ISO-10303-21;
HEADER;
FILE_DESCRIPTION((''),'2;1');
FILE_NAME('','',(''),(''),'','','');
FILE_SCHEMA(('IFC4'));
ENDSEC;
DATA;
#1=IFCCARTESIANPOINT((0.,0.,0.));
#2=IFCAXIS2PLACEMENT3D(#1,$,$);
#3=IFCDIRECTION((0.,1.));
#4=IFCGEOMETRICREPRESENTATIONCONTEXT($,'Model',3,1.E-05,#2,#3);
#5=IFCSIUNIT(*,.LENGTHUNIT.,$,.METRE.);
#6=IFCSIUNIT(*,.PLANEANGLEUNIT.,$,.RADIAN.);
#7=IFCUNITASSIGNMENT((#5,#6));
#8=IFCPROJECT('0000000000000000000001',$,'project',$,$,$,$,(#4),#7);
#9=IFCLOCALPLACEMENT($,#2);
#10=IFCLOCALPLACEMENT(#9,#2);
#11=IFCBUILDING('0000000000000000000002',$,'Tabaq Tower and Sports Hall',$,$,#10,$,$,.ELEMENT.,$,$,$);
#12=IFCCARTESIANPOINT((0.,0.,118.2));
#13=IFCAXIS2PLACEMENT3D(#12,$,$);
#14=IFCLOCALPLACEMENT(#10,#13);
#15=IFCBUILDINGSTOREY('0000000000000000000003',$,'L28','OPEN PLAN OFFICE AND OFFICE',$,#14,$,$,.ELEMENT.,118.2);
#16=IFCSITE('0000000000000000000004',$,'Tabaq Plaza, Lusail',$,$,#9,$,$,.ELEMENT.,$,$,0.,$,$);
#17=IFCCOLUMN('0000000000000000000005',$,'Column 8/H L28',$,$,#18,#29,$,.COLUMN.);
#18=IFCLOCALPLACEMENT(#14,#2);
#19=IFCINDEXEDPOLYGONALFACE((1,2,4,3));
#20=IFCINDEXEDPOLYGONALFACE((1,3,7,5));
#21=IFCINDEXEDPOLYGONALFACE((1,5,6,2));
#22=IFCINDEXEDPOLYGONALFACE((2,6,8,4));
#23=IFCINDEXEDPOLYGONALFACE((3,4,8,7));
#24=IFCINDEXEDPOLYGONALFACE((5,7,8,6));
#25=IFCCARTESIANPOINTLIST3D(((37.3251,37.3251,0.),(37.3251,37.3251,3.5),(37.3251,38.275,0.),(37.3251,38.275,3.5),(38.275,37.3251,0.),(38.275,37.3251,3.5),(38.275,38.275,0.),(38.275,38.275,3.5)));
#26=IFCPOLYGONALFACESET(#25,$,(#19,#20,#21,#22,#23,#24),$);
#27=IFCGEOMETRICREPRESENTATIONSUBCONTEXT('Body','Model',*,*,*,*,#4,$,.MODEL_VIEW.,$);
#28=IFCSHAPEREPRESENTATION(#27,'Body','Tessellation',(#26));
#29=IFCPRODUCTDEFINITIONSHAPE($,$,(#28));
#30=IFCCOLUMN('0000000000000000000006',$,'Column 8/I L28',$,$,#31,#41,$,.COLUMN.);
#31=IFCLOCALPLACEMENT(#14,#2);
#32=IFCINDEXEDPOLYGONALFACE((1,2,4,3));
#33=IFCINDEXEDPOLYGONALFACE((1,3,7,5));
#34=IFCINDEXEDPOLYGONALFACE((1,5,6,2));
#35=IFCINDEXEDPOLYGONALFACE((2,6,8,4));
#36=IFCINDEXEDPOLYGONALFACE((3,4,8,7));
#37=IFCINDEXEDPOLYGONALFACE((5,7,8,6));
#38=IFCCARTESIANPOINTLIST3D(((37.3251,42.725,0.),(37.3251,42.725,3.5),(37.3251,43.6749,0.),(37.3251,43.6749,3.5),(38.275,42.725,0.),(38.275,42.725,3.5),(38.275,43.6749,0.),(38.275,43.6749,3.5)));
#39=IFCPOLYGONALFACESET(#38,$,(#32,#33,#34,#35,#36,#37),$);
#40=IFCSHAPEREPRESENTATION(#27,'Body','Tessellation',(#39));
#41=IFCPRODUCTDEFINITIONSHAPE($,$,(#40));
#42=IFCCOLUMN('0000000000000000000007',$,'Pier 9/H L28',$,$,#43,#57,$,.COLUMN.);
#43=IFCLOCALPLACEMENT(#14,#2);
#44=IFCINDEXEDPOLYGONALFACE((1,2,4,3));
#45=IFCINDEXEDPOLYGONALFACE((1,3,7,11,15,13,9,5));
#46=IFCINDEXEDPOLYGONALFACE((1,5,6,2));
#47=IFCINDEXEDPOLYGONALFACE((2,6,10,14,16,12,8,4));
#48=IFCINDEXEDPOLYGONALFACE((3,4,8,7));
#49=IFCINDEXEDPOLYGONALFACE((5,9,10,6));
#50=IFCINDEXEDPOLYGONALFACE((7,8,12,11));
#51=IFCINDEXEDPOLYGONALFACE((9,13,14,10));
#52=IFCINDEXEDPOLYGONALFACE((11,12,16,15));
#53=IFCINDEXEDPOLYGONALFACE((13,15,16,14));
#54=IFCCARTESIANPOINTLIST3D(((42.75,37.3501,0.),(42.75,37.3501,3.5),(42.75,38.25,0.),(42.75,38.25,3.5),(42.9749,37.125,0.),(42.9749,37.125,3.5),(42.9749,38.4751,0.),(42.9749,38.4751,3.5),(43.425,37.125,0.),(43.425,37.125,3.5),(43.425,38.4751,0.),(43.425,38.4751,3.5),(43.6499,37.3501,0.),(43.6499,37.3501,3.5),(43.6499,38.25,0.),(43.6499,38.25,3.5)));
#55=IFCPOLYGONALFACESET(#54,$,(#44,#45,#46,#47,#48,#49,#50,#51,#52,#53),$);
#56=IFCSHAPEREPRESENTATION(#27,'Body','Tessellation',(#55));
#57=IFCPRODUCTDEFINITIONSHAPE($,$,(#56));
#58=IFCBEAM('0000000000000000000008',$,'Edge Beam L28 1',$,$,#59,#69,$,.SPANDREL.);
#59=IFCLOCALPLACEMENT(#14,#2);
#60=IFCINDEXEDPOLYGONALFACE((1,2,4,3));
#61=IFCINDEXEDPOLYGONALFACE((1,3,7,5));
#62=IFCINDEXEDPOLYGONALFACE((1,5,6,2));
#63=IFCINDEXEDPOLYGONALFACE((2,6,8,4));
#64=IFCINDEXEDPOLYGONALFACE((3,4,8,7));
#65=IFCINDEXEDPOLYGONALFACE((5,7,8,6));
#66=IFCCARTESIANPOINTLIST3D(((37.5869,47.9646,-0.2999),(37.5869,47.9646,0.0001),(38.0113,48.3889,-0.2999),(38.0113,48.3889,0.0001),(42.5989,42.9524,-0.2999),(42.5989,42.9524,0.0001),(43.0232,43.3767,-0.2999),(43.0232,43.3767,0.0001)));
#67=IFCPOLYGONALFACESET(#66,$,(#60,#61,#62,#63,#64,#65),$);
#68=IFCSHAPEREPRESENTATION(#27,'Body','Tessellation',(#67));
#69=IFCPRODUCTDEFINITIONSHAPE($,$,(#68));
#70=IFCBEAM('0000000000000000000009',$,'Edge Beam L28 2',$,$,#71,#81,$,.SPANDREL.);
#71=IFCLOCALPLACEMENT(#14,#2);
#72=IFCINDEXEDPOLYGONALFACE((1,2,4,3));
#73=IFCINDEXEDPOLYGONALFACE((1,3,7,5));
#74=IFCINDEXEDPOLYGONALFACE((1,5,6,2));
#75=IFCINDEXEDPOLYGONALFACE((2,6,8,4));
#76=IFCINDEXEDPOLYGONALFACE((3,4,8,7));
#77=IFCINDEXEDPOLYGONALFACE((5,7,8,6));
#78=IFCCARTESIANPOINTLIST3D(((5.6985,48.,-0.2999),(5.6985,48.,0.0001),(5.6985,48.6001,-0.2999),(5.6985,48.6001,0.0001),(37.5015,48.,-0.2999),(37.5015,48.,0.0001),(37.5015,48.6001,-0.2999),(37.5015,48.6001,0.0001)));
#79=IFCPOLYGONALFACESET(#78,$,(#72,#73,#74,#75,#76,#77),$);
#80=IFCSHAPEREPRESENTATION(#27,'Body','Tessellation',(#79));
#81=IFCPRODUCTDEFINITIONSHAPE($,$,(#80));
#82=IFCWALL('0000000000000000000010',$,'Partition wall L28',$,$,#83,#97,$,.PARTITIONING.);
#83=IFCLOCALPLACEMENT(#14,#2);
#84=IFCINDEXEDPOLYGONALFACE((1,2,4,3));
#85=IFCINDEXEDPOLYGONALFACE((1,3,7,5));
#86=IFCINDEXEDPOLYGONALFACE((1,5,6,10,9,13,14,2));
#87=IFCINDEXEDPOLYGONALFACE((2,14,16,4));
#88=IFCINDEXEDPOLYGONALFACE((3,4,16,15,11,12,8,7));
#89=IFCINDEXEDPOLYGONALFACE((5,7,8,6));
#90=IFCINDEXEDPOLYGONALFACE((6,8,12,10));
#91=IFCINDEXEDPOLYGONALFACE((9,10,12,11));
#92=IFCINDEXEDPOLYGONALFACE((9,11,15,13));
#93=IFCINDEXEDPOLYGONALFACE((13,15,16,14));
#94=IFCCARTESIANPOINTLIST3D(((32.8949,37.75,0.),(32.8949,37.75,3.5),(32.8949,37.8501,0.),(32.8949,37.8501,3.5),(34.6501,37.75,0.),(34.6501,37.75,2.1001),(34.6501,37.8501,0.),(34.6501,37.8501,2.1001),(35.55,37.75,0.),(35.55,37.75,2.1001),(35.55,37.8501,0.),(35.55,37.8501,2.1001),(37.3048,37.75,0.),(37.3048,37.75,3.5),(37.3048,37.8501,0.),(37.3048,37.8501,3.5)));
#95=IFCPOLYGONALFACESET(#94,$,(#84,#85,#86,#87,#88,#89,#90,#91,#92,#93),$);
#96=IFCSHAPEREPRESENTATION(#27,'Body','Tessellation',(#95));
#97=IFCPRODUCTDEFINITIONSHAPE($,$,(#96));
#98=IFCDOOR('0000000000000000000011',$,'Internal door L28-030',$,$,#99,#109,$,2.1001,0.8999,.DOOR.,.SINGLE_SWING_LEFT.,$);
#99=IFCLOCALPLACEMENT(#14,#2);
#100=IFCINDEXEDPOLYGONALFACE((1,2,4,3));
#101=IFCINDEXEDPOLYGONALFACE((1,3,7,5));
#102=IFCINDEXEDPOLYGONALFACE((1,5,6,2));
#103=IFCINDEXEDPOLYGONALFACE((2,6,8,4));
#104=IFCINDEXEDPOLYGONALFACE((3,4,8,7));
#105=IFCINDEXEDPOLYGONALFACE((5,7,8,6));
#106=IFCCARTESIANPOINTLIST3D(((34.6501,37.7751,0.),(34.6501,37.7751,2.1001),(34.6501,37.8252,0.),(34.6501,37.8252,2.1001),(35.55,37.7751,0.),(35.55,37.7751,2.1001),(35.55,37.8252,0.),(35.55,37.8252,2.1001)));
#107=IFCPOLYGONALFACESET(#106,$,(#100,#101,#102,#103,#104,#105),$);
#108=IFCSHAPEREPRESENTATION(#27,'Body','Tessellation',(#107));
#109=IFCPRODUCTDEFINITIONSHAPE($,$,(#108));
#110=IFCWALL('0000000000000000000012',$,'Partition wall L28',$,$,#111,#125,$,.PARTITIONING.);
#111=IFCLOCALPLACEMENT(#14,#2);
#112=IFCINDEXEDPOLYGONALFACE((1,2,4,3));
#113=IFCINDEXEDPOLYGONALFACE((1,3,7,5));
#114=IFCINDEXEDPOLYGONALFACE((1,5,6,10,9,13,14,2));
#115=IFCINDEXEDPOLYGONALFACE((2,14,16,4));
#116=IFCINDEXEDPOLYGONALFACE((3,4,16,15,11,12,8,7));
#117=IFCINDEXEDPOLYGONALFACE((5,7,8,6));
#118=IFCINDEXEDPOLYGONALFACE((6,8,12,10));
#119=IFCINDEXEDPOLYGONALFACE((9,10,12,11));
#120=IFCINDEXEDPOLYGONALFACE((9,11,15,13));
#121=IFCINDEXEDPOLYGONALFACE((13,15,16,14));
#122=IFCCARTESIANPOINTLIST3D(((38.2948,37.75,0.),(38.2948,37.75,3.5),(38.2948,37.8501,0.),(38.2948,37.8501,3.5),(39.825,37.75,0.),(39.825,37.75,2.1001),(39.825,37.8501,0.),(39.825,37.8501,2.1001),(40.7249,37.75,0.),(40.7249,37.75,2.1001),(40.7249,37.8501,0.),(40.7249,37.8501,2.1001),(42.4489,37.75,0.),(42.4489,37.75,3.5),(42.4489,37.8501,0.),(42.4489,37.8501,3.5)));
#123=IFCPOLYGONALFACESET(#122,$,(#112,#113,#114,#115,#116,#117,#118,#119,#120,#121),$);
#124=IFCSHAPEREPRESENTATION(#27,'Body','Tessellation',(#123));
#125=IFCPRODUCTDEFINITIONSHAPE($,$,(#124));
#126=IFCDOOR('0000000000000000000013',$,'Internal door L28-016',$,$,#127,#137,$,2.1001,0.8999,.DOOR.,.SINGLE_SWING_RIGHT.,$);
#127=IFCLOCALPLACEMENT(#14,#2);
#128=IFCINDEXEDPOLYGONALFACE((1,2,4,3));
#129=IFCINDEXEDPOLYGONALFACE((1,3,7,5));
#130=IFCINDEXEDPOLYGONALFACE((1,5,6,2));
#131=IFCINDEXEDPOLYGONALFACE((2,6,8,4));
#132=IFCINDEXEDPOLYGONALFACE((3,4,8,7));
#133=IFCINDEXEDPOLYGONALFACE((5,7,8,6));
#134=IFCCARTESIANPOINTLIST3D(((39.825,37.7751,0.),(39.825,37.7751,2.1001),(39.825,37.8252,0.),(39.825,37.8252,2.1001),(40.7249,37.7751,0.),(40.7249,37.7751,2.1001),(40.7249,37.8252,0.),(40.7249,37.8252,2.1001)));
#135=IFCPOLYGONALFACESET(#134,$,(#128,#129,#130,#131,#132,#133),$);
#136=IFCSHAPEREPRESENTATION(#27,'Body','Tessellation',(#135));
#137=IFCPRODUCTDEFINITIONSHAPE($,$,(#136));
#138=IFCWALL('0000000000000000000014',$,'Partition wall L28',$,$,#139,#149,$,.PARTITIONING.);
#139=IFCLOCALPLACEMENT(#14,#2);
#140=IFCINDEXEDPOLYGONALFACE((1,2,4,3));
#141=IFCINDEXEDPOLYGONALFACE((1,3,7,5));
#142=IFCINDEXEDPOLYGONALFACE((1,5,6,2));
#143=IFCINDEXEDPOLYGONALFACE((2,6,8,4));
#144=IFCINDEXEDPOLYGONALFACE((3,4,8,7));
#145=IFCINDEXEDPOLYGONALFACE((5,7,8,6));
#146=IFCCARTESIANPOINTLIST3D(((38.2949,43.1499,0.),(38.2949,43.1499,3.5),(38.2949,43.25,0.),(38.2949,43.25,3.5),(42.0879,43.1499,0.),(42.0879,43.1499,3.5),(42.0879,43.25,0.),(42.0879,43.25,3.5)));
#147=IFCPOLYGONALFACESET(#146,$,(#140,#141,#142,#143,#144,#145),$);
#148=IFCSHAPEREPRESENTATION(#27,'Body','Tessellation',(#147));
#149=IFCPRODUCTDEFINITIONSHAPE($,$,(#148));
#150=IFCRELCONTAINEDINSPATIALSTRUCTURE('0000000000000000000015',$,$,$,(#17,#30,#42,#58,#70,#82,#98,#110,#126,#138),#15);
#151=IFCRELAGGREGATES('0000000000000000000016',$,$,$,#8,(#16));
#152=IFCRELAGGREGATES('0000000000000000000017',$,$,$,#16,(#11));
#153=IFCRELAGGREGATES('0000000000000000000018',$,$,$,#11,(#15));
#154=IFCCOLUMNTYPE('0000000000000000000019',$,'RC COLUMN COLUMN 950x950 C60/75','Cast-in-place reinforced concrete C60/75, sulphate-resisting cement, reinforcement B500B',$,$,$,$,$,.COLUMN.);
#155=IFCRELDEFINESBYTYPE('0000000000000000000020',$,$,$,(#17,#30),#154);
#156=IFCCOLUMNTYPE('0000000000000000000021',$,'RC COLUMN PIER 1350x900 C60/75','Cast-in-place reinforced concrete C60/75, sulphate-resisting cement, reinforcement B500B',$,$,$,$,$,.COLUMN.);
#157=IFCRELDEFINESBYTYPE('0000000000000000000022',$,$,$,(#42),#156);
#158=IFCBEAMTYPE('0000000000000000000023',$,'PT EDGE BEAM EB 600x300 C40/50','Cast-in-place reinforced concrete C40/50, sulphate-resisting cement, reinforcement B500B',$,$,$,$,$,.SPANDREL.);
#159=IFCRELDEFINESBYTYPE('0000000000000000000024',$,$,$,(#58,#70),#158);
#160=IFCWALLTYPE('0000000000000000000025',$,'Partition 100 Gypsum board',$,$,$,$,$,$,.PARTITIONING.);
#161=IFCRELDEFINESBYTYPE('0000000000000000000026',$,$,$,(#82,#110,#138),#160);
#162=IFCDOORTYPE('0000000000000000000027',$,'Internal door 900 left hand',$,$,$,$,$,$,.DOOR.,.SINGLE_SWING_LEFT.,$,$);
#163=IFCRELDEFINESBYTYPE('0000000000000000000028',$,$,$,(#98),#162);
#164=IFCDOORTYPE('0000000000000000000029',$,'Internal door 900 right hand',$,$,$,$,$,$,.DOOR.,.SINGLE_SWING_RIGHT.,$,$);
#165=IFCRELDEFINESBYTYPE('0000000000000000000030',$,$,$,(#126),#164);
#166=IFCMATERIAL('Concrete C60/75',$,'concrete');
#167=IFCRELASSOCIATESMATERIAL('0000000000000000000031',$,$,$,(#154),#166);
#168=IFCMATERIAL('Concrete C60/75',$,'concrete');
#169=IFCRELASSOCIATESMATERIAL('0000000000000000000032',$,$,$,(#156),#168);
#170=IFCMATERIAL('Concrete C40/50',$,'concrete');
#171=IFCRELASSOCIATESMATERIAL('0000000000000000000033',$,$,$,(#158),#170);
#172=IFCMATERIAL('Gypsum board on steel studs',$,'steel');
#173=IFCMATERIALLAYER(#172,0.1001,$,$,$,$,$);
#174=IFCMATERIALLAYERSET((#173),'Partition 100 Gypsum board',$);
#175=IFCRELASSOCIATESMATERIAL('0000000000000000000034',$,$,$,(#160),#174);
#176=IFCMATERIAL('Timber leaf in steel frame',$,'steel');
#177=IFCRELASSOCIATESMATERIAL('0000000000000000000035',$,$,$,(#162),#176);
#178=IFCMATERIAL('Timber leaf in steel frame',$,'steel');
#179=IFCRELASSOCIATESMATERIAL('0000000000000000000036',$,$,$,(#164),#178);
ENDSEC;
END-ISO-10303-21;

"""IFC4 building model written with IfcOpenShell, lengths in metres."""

from ifc_helpers import new_model, si_unit, direction, frame, frame_2d, origin, origin_2d, place, context, subcontext, project, spatial, polyline, rectangle, outline, extrude, material, layer, layer_set, material_profile, profile_set, type_object, element, fill, save


model = new_model("IFC4")

# Units and contexts
model_context = context("Model", 3, precision=1e-05, world=origin(), true_north=direction((0.0, 1.0)))
body_context = subcontext(model_context, "Body", "Model", "MODEL_VIEW")
ifc_project = project(units=[si_unit("LENGTHUNIT", "METRE"), si_unit("PLANEANGLEUNIT", "RADIAN")], contexts=[model_context])

# Site, building, storey
site_placement = place(None, origin())
site = spatial("IfcSite", under=ifc_project, at=site_placement, Name="Tabaq Plaza, Lusail", CompositionType="ELEMENT", RefElevation=0.0)
building_placement = place(site_placement, origin())
building = spatial("IfcBuilding", under=site, at=building_placement, Name="Tabaq Tower and Sports Hall", CompositionType="ELEMENT")
storey_placement = place(building_placement, frame((0.0, 0.0, 118.2)))
storey = spatial("IfcBuildingStorey", under=building, at=storey_placement, Name="L28", Description="OPEN PLAN OFFICE AND OFFICE", CompositionType="ELEMENT", Elevation=118.2)

# Columns
ifc_material_1 = material(Name="Concrete C60/75", Category="concrete")
ifc_material_profile_1 = material_profile(ifc_material_1, rectangle(XDim=0.95, YDim=0.95, at=origin_2d()), Name="COLUMN 950x950")
ifc_profile_set_1 = profile_set([ifc_material_profile_1], Name="Concrete C60/75")
column_type_1 = type_object("IfcColumnType", Name="RC COLUMN COLUMN 950x950 C60/75", Description="Cast-in-place reinforced concrete C60/75, sulphate-resisting cement, reinforcement B500B", PredefinedType="COLUMN", material=ifc_profile_set_1)
for number, where, z_axis, x_axis, name in (
    (1, (37.8, 37.8, 0.0), (0.0, 0.0, 1.0), (1.0, 0.0, 0.0), "Column 8/H L28"),
    (2, (37.8, 43.2, 0.0), (0.0, 0.0, 1.0), (1.0, 0.0, 0.0), "Column 8/I L28"),
):
    element("IfcColumn", number, at=place(storey_placement, frame(where, z_axis=z_axis, x_axis=x_axis)), inside=storey, type_object=column_type_1, Name=name, PredefinedType="COLUMN", context=body_context, shape_type="SweptSolid", body=[
        extrude(rectangle(XDim=0.95, YDim=0.95, at=origin_2d()), origin(), (0.0, 0.0, 1.0), 3.5),
    ])
ifc_material_2 = material(Name="Concrete C60/75", Category="concrete")
ifc_material_profile_2 = material_profile(ifc_material_2, outline(polyline([(-0.45, -0.45), (0.45, -0.45), (0.675, -0.2251), (0.675, 0.2251), (0.45, 0.45), (-0.45, 0.45), (-0.675, 0.2251), (-0.675, -0.2251), (-0.45, -0.45)])), Name="PIER 1350x900")
ifc_profile_set_2 = profile_set([ifc_material_profile_2], Name="Concrete C60/75")
column_type_2 = type_object("IfcColumnType", Name="RC COLUMN PIER 1350x900 C60/75", Description="Cast-in-place reinforced concrete C60/75, sulphate-resisting cement, reinforcement B500B", PredefinedType="COLUMN", material=ifc_profile_set_2)
column_placement = place(storey_placement, frame((43.2, 37.8, 0.0), z_axis=(0.0, 0.0, 1.0), x_axis=(0.0, 1.0, 0.0)))
element("IfcColumn", 3, at=column_placement, inside=storey, type_object=column_type_2, Name="Pier 9/H L28", PredefinedType="COLUMN", context=body_context, shape_type="SweptSolid", body=[
    extrude(outline(polyline([(-0.45, -0.45), (0.45, -0.45), (0.675, -0.2251), (0.675, 0.2251), (0.45, 0.45), (-0.45, 0.45), (-0.675, 0.2251), (-0.675, -0.2251), (-0.45, -0.45)])), origin(), (0.0, 0.0, 1.0), 3.5),
])

# Beams
ifc_material_3 = material(Name="Concrete C40/50", Category="concrete")
ifc_material_profile_3 = material_profile(ifc_material_3, rectangle(XDim=0.6001, YDim=0.3, at=origin_2d()), Name="EB 600x300")
ifc_profile_set_3 = profile_set([ifc_material_profile_3], Name="Concrete C40/50")
beam_type = type_object("IfcBeamType", Name="PT EDGE BEAM EB 600x300 C40/50", Description="Cast-in-place reinforced concrete C40/50, sulphate-resisting cement, reinforcement B500B", PredefinedType="SPANDREL", material=ifc_profile_set_3)
beam_1_placement = place(storey_placement, frame((42.811, 43.1646, -0.1499), z_axis=(-0.70709, 0.707124, 0.0), x_axis=(-0.707124, -0.70709, 0.0)))
element("IfcBeam", 4, at=beam_1_placement, inside=storey, type_object=beam_type, Name="Edge Beam L28 1", PredefinedType="SPANDREL", context=body_context, shape_type="SweptSolid", body=[
    extrude(rectangle(XDim=0.6001, YDim=0.3, at=origin_2d()), origin(), (0.0, 0.0, 1.0), 7.0881),
])
beam_2_placement = place(storey_placement, frame((37.5015, 48.3, -0.1499), z_axis=(-1.0, 0.0, 0.0), x_axis=(0.0, -1.0, 0.0)))
element("IfcBeam", 5, at=beam_2_placement, inside=storey, type_object=beam_type, Name="Edge Beam L28 2", PredefinedType="SPANDREL", context=body_context, shape_type="SweptSolid", body=[
    extrude(rectangle(XDim=0.6001, YDim=0.3, at=origin_2d()), origin(), (0.0, 0.0, 1.0), 31.803),
])

# Walls, openings, doors
ifc_material_4 = material(Name="Gypsum board on steel studs", Category="steel")
ifc_layer_1 = layer(ifc_material_4, 0.1001)
ifc_layer_set_1 = layer_set([ifc_layer_1], Name="Partition 100 Gypsum board")
wall_type_1 = type_object("IfcWallType", Name="Partition 100 Gypsum board", PredefinedType="PARTITIONING", material=ifc_layer_set_1)
wall_1_placement = place(storey_placement, frame((37.3049, 37.8, 0.0), z_axis=(0.0, 0.0, 1.0), x_axis=(-1.0, 0.0, 0.0)))
wall_1 = element("IfcWall", 6, at=wall_1_placement, inside=storey, type_object=wall_type_1, Name="Partition wall L28", PredefinedType="PARTITIONING", context=body_context, shape_type="SweptSolid", body=[
    extrude(rectangle(XDim=4.4099, YDim=0.1001, at=frame_2d((2.2051, 0.0))), origin(), (0.0, 0.0, 1.0), 3.5),
])
opening_1_placement = place(wall_1_placement, frame((1.7549, 0.0, 0.0)))
opening_1 = element("IfcOpeningElement", 7, at=opening_1_placement, cuts=wall_1, PredefinedType="OPENING", context=body_context, shape_type="SweptSolid", body=[
    extrude(rectangle(XDim=0.8999, YDim=2.1001, at=frame_2d((0.45, 1.05))), frame((0.0, 0.05, 0.0), z_axis=(0.0, -1.0, 0.0), x_axis=(1.0, 0.0, 0.0)), (0.0, 0.0, 1.0), 0.1001),
])
ifc_material_5 = material(Name="Timber leaf in steel frame", Category="steel")
door_type_1 = type_object("IfcDoorType", Name="Internal door 900 left hand", OperationType="SINGLE_SWING_LEFT", PredefinedType="DOOR", material=ifc_material_5)
door_1_placement = place(opening_1_placement, origin())
door_1 = element("IfcDoor", 8, at=door_1_placement, inside=storey, type_object=door_type_1, Name="Internal door L28-030", OperationType="SINGLE_SWING_LEFT", OverallHeight=2.1001, OverallWidth=0.8999, PredefinedType="DOOR", context=body_context, shape_type="SweptSolid", body=[
    extrude(rectangle(XDim=0.8999, YDim=2.1001, at=frame_2d((0.45, 1.05))), frame((0.0, 0.0249, 0.0), z_axis=(0.0, -1.0, 0.0), x_axis=(1.0, 0.0, 0.0)), (0.0, 0.0, 1.0), 0.05),
])
fill(opening_1, door_1)
wall_2_placement = place(storey_placement, frame((42.449, 37.8, 0.0), z_axis=(0.0, 0.0, 1.0), x_axis=(-1.0, 0.0, 0.0)))
wall_2 = element("IfcWall", 9, at=wall_2_placement, inside=storey, type_object=wall_type_1, Name="Partition wall L28", PredefinedType="PARTITIONING", context=body_context, shape_type="SweptSolid", body=[
    extrude(rectangle(XDim=4.1541, YDim=0.1001, at=frame_2d((2.0771, 0.0))), origin(), (0.0, 0.0, 1.0), 3.5),
])
opening_2_placement = place(wall_2_placement, frame((1.7241, 0.0, 0.0)))
opening_2 = element("IfcOpeningElement", 10, at=opening_2_placement, cuts=wall_2, PredefinedType="OPENING", context=body_context, shape_type="SweptSolid", body=[
    extrude(rectangle(XDim=0.8999, YDim=2.1001, at=frame_2d((0.45, 1.05))), frame((0.0, 0.05, 0.0), z_axis=(0.0, -1.0, 0.0), x_axis=(1.0, 0.0, 0.0)), (0.0, 0.0, 1.0), 0.1001),
])
ifc_material_6 = material(Name="Timber leaf in steel frame", Category="steel")
door_type_2 = type_object("IfcDoorType", Name="Internal door 900 right hand", OperationType="SINGLE_SWING_RIGHT", PredefinedType="DOOR", material=ifc_material_6)
door_2_placement = place(opening_2_placement, origin())
door_2 = element("IfcDoor", 11, at=door_2_placement, inside=storey, type_object=door_type_2, Name="Internal door L28-016", OperationType="SINGLE_SWING_RIGHT", OverallHeight=2.1001, OverallWidth=0.8999, PredefinedType="DOOR", context=body_context, shape_type="SweptSolid", body=[
    extrude(rectangle(XDim=0.8999, YDim=2.1001, at=frame_2d((0.45, 1.05))), frame((0.0, 0.0249, 0.0), z_axis=(0.0, -1.0, 0.0), x_axis=(1.0, 0.0, 0.0)), (0.0, 0.0, 1.0), 0.05),
])
fill(opening_2, door_2)

# Wall
wall_3_placement = place(storey_placement, frame((42.0879, 43.2, 0.0), z_axis=(0.0, 0.0, 1.0), x_axis=(-1.0, 0.0, 0.0)))
element("IfcWall", 12, at=wall_3_placement, inside=storey, type_object=wall_type_1, Name="Partition wall L28", PredefinedType="PARTITIONING", context=body_context, shape_type="SweptSolid", body=[
    extrude(rectangle(XDim=3.793, YDim=0.1001, at=frame_2d((1.8965, 0.0))), origin(), (0.0, 0.0, 1.0), 3.5),
])

save(model, "model.ifc")
